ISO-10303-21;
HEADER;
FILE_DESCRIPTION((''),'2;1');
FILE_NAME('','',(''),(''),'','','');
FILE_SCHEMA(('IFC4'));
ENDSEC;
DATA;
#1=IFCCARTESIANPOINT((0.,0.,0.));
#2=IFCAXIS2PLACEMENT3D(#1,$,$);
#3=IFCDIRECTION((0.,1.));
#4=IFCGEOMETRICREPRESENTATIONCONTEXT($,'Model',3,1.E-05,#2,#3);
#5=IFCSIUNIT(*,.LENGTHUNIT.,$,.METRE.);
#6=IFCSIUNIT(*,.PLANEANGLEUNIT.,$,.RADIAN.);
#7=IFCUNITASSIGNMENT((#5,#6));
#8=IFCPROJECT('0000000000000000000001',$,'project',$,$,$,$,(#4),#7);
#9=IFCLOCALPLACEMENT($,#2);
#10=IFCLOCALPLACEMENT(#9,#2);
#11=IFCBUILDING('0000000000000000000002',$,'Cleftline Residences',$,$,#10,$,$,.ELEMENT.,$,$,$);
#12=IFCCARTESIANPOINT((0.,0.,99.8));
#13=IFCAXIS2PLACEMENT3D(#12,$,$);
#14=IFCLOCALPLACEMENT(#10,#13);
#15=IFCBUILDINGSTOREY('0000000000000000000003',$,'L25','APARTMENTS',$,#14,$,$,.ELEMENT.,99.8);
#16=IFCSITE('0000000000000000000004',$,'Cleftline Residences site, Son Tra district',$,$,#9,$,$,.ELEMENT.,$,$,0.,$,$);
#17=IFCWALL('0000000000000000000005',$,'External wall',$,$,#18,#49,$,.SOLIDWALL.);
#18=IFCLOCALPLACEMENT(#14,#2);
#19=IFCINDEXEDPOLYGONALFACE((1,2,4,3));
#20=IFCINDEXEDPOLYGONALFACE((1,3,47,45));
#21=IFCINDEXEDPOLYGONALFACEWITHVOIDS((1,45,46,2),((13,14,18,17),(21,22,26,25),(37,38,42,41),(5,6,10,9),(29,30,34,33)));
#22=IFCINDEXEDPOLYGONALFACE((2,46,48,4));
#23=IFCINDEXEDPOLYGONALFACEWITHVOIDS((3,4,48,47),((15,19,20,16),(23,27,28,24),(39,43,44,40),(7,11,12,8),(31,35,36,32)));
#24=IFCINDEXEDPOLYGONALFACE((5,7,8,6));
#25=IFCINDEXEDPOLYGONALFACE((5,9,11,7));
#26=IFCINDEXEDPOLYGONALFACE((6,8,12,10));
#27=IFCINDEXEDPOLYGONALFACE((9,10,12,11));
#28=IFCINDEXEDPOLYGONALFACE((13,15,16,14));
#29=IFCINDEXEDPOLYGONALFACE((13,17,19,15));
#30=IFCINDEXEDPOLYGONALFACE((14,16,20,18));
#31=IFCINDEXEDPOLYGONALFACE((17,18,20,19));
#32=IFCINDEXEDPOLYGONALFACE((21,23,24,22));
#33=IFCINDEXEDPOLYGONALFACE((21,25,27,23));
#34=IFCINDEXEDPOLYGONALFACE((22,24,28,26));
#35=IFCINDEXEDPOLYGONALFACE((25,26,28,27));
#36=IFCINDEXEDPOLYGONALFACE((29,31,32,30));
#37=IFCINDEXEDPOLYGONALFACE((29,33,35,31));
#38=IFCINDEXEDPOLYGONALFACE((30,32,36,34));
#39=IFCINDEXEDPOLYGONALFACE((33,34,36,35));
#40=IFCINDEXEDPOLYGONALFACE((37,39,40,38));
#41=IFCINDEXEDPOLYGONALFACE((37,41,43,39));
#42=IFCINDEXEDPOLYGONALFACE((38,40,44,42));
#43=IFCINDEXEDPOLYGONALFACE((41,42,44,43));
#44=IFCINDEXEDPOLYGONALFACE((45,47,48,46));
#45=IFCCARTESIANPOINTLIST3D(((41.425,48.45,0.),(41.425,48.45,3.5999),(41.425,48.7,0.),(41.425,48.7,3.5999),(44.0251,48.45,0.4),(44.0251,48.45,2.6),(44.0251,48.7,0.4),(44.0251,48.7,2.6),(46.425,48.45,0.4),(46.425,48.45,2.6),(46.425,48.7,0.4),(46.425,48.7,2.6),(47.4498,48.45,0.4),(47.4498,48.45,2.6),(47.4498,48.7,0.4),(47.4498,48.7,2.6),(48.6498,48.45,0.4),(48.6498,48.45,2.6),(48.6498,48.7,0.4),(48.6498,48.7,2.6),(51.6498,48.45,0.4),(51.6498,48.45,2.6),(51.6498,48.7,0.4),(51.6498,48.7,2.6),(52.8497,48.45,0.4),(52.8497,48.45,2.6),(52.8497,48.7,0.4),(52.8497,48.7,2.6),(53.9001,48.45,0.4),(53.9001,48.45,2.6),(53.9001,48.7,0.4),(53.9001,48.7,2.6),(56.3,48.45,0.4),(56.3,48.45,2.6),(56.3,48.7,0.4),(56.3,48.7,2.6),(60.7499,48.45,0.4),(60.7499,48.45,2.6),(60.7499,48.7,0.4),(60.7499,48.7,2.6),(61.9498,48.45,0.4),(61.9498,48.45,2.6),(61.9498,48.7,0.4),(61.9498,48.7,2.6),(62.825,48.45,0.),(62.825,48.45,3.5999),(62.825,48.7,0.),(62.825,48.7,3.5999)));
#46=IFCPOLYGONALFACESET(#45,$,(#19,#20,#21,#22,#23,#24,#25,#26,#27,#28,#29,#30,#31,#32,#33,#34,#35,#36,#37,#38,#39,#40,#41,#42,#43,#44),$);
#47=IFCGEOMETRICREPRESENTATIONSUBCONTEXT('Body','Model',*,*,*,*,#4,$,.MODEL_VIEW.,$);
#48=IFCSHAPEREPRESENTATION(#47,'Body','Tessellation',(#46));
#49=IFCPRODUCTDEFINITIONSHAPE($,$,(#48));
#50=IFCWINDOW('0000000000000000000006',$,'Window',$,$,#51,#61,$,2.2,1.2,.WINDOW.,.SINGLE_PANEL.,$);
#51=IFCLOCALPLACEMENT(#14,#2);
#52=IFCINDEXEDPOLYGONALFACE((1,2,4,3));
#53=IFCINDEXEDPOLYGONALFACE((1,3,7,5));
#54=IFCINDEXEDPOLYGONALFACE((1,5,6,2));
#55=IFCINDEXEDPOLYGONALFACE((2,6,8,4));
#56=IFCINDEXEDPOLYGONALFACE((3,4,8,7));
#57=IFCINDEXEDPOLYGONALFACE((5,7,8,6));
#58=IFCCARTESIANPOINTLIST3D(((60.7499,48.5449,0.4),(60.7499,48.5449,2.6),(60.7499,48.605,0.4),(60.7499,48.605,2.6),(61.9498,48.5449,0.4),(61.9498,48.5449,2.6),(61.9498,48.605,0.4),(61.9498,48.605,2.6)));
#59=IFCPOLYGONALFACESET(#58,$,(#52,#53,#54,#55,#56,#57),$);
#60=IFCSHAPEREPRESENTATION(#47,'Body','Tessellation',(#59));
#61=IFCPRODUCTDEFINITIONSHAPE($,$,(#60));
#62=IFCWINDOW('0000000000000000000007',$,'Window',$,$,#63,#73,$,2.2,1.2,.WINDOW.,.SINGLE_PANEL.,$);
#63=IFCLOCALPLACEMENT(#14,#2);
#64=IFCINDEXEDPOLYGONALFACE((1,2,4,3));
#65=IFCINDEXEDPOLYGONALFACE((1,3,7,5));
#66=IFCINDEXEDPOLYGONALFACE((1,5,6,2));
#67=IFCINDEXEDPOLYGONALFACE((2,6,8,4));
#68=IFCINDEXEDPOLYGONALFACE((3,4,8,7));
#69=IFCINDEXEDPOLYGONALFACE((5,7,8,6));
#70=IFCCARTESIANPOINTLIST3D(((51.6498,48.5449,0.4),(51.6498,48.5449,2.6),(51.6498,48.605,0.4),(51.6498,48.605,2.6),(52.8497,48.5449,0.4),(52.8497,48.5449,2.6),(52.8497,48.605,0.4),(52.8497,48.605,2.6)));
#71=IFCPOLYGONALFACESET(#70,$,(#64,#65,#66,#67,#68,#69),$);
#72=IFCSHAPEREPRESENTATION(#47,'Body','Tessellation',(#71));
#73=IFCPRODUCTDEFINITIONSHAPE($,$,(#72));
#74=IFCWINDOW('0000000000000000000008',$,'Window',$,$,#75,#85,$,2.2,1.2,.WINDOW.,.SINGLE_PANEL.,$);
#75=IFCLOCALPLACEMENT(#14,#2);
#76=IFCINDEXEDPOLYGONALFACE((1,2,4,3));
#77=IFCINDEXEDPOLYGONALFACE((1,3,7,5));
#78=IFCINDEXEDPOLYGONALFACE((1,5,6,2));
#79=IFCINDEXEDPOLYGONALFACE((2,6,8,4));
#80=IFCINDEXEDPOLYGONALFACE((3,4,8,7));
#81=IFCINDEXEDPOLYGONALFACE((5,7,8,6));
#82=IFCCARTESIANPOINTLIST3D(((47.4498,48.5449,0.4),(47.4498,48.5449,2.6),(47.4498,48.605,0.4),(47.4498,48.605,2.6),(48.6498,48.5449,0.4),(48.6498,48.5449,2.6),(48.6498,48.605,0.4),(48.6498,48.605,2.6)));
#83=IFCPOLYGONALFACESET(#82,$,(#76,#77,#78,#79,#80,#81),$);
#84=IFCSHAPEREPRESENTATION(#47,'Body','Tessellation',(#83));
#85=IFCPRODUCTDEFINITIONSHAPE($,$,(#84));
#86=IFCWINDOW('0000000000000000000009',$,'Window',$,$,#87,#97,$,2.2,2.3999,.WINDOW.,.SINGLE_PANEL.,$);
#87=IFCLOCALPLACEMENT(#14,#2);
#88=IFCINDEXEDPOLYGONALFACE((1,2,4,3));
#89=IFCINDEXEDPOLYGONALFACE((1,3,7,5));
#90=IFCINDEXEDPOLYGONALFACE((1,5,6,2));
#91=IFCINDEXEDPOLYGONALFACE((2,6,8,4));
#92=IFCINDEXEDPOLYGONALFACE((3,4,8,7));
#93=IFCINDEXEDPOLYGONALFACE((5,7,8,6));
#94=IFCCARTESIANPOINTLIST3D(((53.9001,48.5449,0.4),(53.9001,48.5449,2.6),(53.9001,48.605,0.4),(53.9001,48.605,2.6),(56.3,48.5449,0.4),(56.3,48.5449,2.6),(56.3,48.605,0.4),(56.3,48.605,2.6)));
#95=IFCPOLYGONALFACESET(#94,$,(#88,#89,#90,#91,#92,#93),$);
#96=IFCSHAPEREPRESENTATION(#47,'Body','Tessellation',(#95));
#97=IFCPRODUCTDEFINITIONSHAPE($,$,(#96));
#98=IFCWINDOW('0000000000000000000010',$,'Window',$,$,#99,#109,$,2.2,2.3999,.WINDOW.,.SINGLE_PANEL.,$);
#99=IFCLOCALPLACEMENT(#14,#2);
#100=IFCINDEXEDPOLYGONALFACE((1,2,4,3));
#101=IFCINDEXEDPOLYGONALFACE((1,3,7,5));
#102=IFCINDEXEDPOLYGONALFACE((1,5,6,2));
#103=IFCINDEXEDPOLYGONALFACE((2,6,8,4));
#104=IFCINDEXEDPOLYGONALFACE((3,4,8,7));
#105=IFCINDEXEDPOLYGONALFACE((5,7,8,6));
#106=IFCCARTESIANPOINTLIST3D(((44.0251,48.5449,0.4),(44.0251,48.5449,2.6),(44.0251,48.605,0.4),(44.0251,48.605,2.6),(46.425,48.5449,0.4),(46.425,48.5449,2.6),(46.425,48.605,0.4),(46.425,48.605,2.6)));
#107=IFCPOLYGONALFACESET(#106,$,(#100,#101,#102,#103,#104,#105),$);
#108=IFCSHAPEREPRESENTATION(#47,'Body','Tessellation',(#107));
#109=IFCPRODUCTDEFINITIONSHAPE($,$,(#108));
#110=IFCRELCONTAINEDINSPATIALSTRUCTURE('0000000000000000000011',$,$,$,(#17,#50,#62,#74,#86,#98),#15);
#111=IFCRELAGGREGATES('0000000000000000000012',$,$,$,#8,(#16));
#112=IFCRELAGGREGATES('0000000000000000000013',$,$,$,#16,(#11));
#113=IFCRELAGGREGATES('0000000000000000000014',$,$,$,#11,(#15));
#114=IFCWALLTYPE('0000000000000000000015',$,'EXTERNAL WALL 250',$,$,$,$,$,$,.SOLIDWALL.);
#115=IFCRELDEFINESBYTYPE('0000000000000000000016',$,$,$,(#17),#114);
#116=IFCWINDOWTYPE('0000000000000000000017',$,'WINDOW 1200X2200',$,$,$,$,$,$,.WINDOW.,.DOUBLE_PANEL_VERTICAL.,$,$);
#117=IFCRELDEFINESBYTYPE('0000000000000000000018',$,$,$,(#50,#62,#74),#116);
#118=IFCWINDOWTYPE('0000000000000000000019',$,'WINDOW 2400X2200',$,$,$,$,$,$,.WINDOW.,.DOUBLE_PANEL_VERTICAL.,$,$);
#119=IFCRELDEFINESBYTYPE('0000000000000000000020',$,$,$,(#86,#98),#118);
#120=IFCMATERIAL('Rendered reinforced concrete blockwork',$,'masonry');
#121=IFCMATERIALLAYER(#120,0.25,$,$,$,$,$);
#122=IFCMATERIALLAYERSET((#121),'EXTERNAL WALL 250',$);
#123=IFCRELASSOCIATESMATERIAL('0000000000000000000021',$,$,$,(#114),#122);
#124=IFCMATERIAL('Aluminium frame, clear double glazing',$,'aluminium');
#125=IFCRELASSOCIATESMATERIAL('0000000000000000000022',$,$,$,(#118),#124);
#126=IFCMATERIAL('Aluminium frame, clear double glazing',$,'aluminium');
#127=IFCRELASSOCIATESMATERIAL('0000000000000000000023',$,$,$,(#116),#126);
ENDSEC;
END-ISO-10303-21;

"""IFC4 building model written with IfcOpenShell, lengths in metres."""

from ifc_helpers import new_model, si_unit, direction, frame, frame_2d, origin, place, context, subcontext, project, spatial, rectangle, extrude, material, layer, layer_set, type_object, element, fill, save


model = new_model("IFC4")

# Units and contexts
model_context = context("Model", 3, precision=1e-05, world=origin(), true_north=direction((0.0, 1.0)))
body_context = subcontext(model_context, "Body", "Model", "MODEL_VIEW")
ifc_project = project(units=[si_unit("LENGTHUNIT", "METRE"), si_unit("PLANEANGLEUNIT", "RADIAN")], contexts=[model_context])

# Site, building, storey
site_placement = place(None, origin())
site = spatial("IfcSite", under=ifc_project, at=site_placement, Name="Cleftline Residences site, Son Tra district", CompositionType="ELEMENT", RefElevation=0.0)
building_placement = place(site_placement, origin())
building = spatial("IfcBuilding", under=site, at=building_placement, Name="Cleftline Residences", CompositionType="ELEMENT")
storey_placement = place(building_placement, frame((0.0, 0.0, 99.8)))
storey = spatial("IfcBuildingStorey", under=building, at=storey_placement, Name="L25", Description="APARTMENTS", CompositionType="ELEMENT", Elevation=99.8)

# Shared definitions
ifc_material_1 = material(Name="Rendered reinforced concrete blockwork", Category="masonry")
ifc_layer_1 = layer(ifc_material_1, 0.25)
ifc_layer_set_1 = layer_set([ifc_layer_1], Name="EXTERNAL WALL 250")
wall_type = type_object("IfcWallType", Name="EXTERNAL WALL 250", PredefinedType="SOLIDWALL", material=ifc_layer_set_1)
ifc_material_2 = material(Name="Aluminium frame, clear double glazing", Category="aluminium")
window_type_1 = type_object("IfcWindowType", Name="WINDOW 2400X2200", PartitioningType="DOUBLE_PANEL_VERTICAL", PredefinedType="WINDOW", material=ifc_material_2)

# Wall, openings, windows
wall_1_placement = place(storey_placement, frame((62.825, 48.575, 0.0), z_axis=(0.0, 0.0, 1.0), x_axis=(-1.0, 0.0, 0.0)))
wall_1 = element("IfcWall", 1, at=wall_1_placement, inside=storey, type_object=wall_type, Name="External wall", PredefinedType="SOLIDWALL", context=body_context, shape_type="SweptSolid", body=[
    extrude(rectangle(XDim=21.3999, YDim=0.25, at=frame_2d((10.7, 0.0))), origin(), (0.0, 0.0, 1.0), 3.5999),
])
opening_1_placement = place(wall_1_placement, frame((0.875, 0.0, 0.3999)))
opening_1 = element("IfcOpeningElement", 2, at=opening_1_placement, cuts=wall_1, PredefinedType="OPENING", context=body_context, shape_type="SweptSolid", body=[
    extrude(rectangle(XDim=1.2, YDim=2.2, at=frame_2d((0.6001, 1.1001))), frame((0.0, 0.135, 0.0), z_axis=(0.0, -1.0, 0.0), x_axis=(1.0, 0.0, 0.0)), (0.0, 0.0, 1.0), 0.27),
])
opening_2_placement = place(wall_1_placement, frame((6.5249, 0.0, 0.3999)))
opening_2 = element("IfcOpeningElement", 3, at=opening_2_placement, cuts=wall_1, PredefinedType="OPENING", context=body_context, shape_type="SweptSolid", body=[
    extrude(rectangle(XDim=2.3999, YDim=2.2, at=frame_2d((1.2, 1.1001))), frame((0.0, 0.135, 0.0), z_axis=(0.0, -1.0, 0.0), x_axis=(1.0, 0.0, 0.0)), (0.0, 0.0, 1.0), 0.27),
])
opening_3_placement = place(wall_1_placement, frame((9.9751, 0.0, 0.3999)))
opening_3 = element("IfcOpeningElement", 4, at=opening_3_placement, cuts=wall_1, PredefinedType="OPENING", context=body_context, shape_type="SweptSolid", body=[
    extrude(rectangle(XDim=1.2, YDim=2.2, at=frame_2d((0.6001, 1.1001))), frame((0.0, 0.135, 0.0), z_axis=(0.0, -1.0, 0.0), x_axis=(1.0, 0.0, 0.0)), (0.0, 0.0, 1.0), 0.27),
])
opening_4_placement = place(wall_1_placement, frame((14.175, 0.0, 0.3999)))
opening_4 = element("IfcOpeningElement", 5, at=opening_4_placement, cuts=wall_1, PredefinedType="OPENING", context=body_context, shape_type="SweptSolid", body=[
    extrude(rectangle(XDim=1.2, YDim=2.2, at=frame_2d((0.6001, 1.1001))), frame((0.0, 0.135, 0.0), z_axis=(0.0, -1.0, 0.0), x_axis=(1.0, 0.0, 0.0)), (0.0, 0.0, 1.0), 0.27),
])
opening_5_placement = place(wall_1_placement, frame((16.3999, 0.0, 0.3999)))
opening_5 = element("IfcOpeningElement", 6, at=opening_5_placement, cuts=wall_1, PredefinedType="OPENING", context=body_context, shape_type="SweptSolid", body=[
    extrude(rectangle(XDim=2.3999, YDim=2.2, at=frame_2d((1.2, 1.1001))), frame((0.0, 0.135, 0.0), z_axis=(0.0, -1.0, 0.0), x_axis=(1.0, 0.0, 0.0)), (0.0, 0.0, 1.0), 0.27),
])
ifc_material_3 = material(Name="Aluminium frame, clear double glazing", Category="aluminium")
window_type_2 = type_object("IfcWindowType", Name="WINDOW 1200X2200", PartitioningType="DOUBLE_PANEL_VERTICAL", PredefinedType="WINDOW", material=ifc_material_3)
window_1_placement = place(opening_1_placement, origin())
window_1 = element("IfcWindow", 7, at=window_1_placement, inside=storey, type_object=window_type_2, Name="Window", OverallHeight=2.2, OverallWidth=1.2, PartitioningType="SINGLE_PANEL", PredefinedType="WINDOW", context=body_context, shape_type="SweptSolid", body=[
    extrude(rectangle(XDim=1.2, YDim=2.2, at=frame_2d((0.6001, 1.1001))), frame((0.0, 0.03, 0.0), z_axis=(0.0, -1.0, 0.0), x_axis=(1.0, 0.0, 0.0)), (0.0, 0.0, 1.0), 0.0601),
])
fill(opening_1, window_1)
window_2_placement = place(opening_3_placement, origin())
window_2 = element("IfcWindow", 8, at=window_2_placement, inside=storey, type_object=window_type_2, Name="Window", OverallHeight=2.2, OverallWidth=1.2, PartitioningType="SINGLE_PANEL", PredefinedType="WINDOW", context=body_context, shape_type="SweptSolid", body=[
    extrude(rectangle(XDim=1.2, YDim=2.2, at=frame_2d((0.6001, 1.1001))), frame((0.0, 0.03, 0.0), z_axis=(0.0, -1.0, 0.0), x_axis=(1.0, 0.0, 0.0)), (0.0, 0.0, 1.0), 0.0601),
])
fill(opening_3, window_2)
window_3_placement = place(opening_4_placement, origin())
window_3 = element("IfcWindow", 9, at=window_3_placement, inside=storey, type_object=window_type_2, Name="Window", OverallHeight=2.2, OverallWidth=1.2, PartitioningType="SINGLE_PANEL", PredefinedType="WINDOW", context=body_context, shape_type="SweptSolid", body=[
    extrude(rectangle(XDim=1.2, YDim=2.2, at=frame_2d((0.6001, 1.1001))), frame((0.0, 0.03, 0.0), z_axis=(0.0, -1.0, 0.0), x_axis=(1.0, 0.0, 0.0)), (0.0, 0.0, 1.0), 0.0601),
])
fill(opening_4, window_3)
window_4_placement = place(opening_2_placement, origin())
window_4 = element("IfcWindow", 10, at=window_4_placement, inside=storey, type_object=window_type_1, Name="Window", OverallHeight=2.2, OverallWidth=2.3999, PartitioningType="SINGLE_PANEL", PredefinedType="WINDOW", context=body_context, shape_type="SweptSolid", body=[
    extrude(rectangle(XDim=2.3999, YDim=2.2, at=frame_2d((1.2, 1.1001))), frame((0.0, 0.03, 0.0), z_axis=(0.0, -1.0, 0.0), x_axis=(1.0, 0.0, 0.0)), (0.0, 0.0, 1.0), 0.0601),
])
fill(opening_2, window_4)
window_5_placement = place(opening_5_placement, origin())
window_5 = element("IfcWindow", 11, at=window_5_placement, inside=storey, type_object=window_type_1, Name="Window", OverallHeight=2.2, OverallWidth=2.3999, PartitioningType="SINGLE_PANEL", PredefinedType="WINDOW", context=body_context, shape_type="SweptSolid", body=[
    extrude(rectangle(XDim=2.3999, YDim=2.2, at=frame_2d((1.2, 1.1001))), frame((0.0, 0.03, 0.0), z_axis=(0.0, -1.0, 0.0), x_axis=(1.0, 0.0, 0.0)), (0.0, 0.0, 1.0), 0.0601),
])
fill(opening_5, window_5)

save(model, "model.ifc")
